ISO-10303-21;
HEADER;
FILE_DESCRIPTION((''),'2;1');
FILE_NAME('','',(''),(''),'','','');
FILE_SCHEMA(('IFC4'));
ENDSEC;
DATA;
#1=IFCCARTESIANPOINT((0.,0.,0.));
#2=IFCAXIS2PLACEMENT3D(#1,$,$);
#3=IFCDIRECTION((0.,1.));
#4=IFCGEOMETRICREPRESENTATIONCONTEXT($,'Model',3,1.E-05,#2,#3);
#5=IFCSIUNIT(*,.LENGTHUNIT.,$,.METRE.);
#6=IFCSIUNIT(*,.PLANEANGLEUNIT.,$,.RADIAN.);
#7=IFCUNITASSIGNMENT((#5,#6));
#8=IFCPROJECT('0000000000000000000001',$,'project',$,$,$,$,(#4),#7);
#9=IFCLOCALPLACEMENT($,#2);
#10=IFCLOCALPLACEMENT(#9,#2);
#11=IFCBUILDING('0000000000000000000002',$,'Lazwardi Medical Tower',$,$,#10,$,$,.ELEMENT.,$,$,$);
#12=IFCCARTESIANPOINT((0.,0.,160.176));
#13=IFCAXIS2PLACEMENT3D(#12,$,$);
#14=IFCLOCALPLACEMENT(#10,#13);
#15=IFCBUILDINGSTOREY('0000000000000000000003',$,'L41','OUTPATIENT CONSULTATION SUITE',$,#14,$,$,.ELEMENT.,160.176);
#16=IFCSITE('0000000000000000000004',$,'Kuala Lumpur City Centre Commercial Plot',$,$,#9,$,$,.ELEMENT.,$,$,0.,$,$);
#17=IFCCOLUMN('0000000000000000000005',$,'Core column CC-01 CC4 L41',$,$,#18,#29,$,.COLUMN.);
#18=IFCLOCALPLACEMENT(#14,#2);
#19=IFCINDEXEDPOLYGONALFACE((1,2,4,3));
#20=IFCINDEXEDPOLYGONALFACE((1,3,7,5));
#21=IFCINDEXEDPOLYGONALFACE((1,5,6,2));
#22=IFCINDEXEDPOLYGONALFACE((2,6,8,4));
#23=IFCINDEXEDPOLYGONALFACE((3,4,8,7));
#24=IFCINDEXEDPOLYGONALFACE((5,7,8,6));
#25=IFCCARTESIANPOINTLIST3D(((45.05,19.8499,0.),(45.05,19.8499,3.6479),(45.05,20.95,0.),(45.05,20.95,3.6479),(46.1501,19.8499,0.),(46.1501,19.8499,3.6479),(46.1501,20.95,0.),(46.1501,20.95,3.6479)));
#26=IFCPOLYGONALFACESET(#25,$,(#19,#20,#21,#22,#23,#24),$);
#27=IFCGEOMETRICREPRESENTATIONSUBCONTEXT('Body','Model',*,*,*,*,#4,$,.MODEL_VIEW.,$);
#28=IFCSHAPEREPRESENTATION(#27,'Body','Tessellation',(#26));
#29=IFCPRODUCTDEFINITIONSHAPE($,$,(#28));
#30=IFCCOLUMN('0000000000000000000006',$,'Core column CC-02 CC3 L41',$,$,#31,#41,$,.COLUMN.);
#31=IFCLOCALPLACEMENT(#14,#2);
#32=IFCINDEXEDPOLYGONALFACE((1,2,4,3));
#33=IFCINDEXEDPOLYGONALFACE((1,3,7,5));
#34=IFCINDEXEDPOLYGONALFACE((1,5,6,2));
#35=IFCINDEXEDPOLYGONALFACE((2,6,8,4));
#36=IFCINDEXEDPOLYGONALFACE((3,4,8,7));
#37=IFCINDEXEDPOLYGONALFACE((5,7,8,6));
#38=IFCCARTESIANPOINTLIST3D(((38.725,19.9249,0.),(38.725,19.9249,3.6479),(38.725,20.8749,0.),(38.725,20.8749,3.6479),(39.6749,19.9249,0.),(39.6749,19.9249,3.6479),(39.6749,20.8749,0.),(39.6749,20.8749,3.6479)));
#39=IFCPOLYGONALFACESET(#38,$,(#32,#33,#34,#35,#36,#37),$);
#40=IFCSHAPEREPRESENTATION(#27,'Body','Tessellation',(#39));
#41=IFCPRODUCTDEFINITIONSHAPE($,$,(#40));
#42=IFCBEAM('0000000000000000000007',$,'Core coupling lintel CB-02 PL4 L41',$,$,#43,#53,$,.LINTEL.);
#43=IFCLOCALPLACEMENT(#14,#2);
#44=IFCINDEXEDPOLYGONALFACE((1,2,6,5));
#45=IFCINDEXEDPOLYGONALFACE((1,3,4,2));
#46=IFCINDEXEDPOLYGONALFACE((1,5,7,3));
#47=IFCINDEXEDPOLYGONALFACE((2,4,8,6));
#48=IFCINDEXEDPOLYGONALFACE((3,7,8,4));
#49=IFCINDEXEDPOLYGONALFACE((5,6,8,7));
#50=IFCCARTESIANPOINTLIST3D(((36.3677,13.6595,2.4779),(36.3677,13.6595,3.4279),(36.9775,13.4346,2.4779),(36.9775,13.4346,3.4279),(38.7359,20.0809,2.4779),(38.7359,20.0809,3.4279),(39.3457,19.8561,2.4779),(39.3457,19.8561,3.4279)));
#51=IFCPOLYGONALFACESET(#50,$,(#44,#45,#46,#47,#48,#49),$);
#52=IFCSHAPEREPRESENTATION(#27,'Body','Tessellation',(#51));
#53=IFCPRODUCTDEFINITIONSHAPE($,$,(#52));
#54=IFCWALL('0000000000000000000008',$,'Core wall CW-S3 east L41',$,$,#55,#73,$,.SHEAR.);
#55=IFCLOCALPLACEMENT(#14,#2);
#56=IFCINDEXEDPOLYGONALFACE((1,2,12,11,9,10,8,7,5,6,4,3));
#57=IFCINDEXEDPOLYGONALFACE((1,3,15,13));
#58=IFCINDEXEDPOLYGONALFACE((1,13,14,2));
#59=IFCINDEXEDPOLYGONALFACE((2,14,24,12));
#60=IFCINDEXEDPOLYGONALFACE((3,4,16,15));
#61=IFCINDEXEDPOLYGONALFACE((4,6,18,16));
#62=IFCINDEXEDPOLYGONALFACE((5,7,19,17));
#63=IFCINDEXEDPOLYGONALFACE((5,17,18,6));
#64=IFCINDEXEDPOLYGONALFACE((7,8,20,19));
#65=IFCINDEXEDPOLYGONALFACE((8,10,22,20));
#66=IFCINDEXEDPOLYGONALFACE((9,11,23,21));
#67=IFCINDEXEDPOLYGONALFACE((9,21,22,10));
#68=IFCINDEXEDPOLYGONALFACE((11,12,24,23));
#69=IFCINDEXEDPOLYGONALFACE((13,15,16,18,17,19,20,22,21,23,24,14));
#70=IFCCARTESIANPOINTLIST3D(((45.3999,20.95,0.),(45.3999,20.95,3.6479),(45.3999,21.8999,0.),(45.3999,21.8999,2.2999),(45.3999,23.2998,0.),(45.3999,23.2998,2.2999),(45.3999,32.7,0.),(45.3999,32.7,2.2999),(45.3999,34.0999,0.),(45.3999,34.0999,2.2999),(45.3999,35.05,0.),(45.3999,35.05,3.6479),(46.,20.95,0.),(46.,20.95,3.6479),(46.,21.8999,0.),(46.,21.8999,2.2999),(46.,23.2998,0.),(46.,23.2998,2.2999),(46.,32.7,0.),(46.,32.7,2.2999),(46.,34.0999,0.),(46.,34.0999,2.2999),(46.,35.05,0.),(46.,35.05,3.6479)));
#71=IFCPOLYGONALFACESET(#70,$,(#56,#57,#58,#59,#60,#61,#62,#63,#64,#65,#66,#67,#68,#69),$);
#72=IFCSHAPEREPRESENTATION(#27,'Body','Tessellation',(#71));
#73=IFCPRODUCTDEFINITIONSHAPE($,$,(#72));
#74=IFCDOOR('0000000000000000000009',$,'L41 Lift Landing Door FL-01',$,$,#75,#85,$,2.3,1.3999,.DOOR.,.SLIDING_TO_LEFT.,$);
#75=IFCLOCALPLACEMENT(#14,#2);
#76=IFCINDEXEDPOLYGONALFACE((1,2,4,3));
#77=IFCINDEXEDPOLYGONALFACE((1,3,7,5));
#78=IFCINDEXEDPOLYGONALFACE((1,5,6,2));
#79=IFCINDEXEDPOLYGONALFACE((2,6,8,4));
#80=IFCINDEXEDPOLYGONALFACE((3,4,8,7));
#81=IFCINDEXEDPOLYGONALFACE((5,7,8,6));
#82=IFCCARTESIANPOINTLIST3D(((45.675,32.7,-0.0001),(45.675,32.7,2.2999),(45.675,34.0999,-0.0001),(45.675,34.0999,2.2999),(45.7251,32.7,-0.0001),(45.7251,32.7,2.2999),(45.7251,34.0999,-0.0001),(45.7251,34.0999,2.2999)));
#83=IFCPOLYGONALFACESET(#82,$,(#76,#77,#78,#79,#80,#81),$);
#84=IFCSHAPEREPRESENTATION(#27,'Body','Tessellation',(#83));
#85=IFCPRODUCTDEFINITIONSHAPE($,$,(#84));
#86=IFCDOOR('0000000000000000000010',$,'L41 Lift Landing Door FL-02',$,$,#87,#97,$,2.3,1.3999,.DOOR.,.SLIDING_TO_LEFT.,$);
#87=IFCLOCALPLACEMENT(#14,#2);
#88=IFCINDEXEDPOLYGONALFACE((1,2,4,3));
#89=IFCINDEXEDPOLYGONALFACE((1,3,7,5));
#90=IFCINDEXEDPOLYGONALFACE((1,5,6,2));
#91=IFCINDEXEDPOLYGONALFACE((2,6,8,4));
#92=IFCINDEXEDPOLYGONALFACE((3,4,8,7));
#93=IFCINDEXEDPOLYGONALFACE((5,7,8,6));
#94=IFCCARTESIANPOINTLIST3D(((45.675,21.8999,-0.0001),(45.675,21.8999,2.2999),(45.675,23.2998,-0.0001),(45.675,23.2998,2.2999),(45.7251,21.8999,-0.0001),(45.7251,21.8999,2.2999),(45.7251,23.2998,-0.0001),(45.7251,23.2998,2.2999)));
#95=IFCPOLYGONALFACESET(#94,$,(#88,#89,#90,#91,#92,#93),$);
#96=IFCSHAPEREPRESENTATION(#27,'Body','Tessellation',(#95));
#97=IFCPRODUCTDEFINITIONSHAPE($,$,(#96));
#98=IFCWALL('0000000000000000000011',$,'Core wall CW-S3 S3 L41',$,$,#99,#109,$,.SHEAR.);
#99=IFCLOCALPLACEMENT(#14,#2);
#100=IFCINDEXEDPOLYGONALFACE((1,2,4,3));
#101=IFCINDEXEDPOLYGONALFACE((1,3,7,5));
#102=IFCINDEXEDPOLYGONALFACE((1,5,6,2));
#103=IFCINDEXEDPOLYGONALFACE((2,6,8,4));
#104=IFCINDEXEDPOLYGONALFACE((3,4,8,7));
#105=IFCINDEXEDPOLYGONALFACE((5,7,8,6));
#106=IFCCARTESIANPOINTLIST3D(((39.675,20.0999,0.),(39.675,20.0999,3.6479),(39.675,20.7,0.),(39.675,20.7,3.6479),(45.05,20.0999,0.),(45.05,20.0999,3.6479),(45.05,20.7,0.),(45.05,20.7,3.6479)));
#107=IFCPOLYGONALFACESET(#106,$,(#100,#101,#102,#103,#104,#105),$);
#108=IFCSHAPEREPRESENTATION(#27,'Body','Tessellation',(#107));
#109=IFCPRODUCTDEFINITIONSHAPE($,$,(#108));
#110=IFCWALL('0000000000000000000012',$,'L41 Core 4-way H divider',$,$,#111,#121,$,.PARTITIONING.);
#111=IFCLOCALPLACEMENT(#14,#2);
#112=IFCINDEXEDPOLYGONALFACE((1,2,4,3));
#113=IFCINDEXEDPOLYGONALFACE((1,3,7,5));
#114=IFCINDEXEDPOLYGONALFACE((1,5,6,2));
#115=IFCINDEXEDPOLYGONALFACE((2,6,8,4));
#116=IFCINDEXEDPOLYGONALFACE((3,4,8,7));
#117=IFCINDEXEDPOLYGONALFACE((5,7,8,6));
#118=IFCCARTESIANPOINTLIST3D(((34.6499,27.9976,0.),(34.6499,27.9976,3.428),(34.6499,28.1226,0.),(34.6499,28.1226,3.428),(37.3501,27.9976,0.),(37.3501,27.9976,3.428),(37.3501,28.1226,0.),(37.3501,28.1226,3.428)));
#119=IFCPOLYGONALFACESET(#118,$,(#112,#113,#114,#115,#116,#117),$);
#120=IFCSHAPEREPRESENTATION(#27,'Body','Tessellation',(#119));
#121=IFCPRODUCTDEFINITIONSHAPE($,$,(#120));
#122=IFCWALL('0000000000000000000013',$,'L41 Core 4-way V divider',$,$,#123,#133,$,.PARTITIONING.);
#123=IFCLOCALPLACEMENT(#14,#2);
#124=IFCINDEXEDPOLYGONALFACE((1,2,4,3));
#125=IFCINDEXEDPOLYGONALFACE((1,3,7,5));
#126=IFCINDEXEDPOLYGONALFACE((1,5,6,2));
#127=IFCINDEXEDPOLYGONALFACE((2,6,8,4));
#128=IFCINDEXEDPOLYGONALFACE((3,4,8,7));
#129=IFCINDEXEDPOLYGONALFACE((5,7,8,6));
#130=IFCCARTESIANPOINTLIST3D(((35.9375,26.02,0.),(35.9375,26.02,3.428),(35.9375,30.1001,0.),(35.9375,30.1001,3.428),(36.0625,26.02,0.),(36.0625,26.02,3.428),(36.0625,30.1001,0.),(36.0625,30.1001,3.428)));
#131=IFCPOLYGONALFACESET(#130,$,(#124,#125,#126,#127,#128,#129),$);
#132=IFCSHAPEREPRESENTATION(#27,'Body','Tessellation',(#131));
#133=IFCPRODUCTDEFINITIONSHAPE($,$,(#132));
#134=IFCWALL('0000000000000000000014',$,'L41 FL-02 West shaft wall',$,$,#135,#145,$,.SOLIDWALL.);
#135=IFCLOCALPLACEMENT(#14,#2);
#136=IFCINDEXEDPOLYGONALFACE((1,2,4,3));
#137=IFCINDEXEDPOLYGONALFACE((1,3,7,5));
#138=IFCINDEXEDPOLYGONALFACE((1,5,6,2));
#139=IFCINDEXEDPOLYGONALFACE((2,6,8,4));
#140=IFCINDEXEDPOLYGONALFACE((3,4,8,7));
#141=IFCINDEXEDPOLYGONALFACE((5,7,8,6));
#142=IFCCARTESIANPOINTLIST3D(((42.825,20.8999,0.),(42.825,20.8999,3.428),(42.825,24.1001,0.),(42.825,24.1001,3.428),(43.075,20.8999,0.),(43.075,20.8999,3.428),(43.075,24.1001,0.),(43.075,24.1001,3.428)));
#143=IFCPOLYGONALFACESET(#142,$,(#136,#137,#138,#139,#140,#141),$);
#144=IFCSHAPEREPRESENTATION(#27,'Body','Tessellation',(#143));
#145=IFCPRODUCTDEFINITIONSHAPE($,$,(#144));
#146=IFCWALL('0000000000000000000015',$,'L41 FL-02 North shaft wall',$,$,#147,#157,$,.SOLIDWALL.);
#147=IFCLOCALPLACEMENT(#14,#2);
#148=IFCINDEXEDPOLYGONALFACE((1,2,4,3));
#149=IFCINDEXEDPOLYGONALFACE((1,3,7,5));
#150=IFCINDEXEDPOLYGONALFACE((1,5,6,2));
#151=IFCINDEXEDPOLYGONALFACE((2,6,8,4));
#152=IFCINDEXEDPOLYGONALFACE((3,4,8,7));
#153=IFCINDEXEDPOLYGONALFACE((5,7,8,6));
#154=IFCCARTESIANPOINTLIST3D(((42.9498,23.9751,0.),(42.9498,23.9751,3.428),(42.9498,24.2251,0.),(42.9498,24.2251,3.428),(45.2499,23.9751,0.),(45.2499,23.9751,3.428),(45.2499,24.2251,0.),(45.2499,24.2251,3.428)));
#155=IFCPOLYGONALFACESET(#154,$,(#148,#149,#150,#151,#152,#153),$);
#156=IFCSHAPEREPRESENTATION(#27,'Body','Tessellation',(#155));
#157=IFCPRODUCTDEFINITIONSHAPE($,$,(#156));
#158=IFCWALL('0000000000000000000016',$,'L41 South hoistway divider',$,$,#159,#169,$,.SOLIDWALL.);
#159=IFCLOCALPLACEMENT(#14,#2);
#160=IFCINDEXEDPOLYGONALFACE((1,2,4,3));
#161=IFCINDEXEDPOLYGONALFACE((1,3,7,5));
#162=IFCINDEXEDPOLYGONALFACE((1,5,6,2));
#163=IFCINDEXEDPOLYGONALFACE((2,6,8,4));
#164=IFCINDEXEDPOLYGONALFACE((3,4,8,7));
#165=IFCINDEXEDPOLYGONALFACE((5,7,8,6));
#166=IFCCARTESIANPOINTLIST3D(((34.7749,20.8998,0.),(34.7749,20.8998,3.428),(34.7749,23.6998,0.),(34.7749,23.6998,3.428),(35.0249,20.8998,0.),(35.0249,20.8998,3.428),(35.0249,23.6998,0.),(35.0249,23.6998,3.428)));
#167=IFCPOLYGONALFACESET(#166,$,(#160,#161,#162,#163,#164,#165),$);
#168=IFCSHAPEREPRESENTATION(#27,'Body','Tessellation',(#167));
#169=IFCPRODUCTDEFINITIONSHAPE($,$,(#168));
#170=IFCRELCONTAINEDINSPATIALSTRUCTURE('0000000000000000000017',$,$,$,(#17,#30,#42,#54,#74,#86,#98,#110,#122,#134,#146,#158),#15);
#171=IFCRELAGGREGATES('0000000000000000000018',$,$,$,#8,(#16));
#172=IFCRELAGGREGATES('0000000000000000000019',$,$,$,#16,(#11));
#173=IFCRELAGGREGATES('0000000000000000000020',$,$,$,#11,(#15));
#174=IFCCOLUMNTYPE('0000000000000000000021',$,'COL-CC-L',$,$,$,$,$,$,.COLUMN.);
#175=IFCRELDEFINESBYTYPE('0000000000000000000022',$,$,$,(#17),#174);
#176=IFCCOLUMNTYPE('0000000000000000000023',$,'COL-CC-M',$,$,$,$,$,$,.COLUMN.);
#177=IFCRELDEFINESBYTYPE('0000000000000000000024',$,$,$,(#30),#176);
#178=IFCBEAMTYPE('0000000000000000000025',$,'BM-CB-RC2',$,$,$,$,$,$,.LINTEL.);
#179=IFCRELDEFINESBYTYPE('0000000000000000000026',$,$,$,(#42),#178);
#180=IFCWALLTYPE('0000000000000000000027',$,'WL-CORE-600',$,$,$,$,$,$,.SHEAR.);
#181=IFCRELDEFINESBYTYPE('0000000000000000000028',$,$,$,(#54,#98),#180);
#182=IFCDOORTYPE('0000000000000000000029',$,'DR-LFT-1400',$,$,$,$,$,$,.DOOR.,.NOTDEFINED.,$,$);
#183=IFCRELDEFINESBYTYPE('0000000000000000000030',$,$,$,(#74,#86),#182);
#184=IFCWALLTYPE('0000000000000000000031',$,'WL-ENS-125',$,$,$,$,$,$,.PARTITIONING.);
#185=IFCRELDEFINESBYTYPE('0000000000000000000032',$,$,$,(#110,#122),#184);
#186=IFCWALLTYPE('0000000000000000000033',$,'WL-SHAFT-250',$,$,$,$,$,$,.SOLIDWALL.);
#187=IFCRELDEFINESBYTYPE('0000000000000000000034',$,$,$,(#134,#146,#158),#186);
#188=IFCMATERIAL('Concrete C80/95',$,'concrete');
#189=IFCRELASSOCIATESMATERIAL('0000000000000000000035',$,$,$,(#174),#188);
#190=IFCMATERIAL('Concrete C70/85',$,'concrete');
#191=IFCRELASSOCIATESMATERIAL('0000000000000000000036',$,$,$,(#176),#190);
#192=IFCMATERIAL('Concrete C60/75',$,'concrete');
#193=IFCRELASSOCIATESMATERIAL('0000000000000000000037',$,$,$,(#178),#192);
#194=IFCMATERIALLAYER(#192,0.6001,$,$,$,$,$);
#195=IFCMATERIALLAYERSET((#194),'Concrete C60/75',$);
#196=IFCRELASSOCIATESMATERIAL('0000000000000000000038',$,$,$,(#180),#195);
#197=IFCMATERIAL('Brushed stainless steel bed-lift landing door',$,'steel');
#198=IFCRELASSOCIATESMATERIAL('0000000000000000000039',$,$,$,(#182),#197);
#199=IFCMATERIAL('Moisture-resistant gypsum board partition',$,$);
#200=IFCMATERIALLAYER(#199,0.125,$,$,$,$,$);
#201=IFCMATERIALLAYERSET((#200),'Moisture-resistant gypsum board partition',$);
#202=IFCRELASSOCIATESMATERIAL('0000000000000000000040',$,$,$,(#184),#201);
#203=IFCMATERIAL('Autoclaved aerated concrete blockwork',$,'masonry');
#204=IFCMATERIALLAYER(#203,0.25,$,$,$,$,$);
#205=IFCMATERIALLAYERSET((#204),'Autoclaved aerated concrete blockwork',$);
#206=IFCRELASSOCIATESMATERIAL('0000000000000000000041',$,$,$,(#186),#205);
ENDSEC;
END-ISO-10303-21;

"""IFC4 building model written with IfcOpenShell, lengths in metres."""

from ifc_helpers import new_model, si_unit, direction, frame, frame_2d, origin, origin_2d, place, context, subcontext, project, spatial, rectangle, extrude, material, layer, layer_set, material_profile, profile_set, type_object, element, fill, save


model = new_model("IFC4")

# Units and contexts
model_context = context("Model", 3, precision=1e-05, world=origin(), true_north=direction((0.0, 1.0)))
body_context = subcontext(model_context, "Body", "Model", "MODEL_VIEW")
ifc_project = project(units=[si_unit("LENGTHUNIT", "METRE"), si_unit("PLANEANGLEUNIT", "RADIAN")], contexts=[model_context])

# Site, building, storey
site_placement = place(None, origin())
site = spatial("IfcSite", under=ifc_project, at=site_placement, Name="Kuala Lumpur City Centre Commercial Plot", CompositionType="ELEMENT", RefElevation=0.0)
building_placement = place(site_placement, origin())
building = spatial("IfcBuilding", under=site, at=building_placement, Name="Lazwardi Medical Tower", CompositionType="ELEMENT")
storey_placement = place(building_placement, frame((0.0, 0.0, 160.176)))
storey = spatial("IfcBuildingStorey", under=building, at=storey_placement, Name="L41", Description="OUTPATIENT CONSULTATION SUITE", CompositionType="ELEMENT", Elevation=160.176)

# Columns
ifc_material_1 = material(Name="Concrete C80/95", Category="concrete")
ifc_material_profile_1 = material_profile(ifc_material_1, rectangle(XDim=1.1001, YDim=1.1001, at=origin_2d()), Name="RC 1100x1100")
ifc_profile_set_1 = profile_set([ifc_material_profile_1], Name="Concrete C80/95")
column_type_1 = type_object("IfcColumnType", Name="COL-CC-L", PredefinedType="COLUMN", material=ifc_profile_set_1)
column_1_placement = place(storey_placement, frame((45.6001, 20.3999, 0.0), z_axis=(0.0, 0.0, 1.0), x_axis=(1.0, 0.0, 0.0)))
element("IfcColumn", 1, at=column_1_placement, inside=storey, type_object=column_type_1, Name="Core column CC-01 CC4 L41", PredefinedType="COLUMN", context=body_context, shape_type="SweptSolid", body=[
    extrude(rectangle(XDim=1.1001, YDim=1.1001, at=origin_2d()), origin(), (0.0, 0.0, 1.0), 3.6479),
])
ifc_material_2 = material(Name="Concrete C70/85", Category="concrete")
ifc_material_profile_2 = material_profile(ifc_material_2, rectangle(XDim=0.95, YDim=0.95, at=origin_2d()), Name="RC 950x950")
ifc_profile_set_2 = profile_set([ifc_material_profile_2], Name="Concrete C70/85")
column_type_2 = type_object("IfcColumnType", Name="COL-CC-M", PredefinedType="COLUMN", material=ifc_profile_set_2)
column_2_placement = place(storey_placement, frame((39.2, 20.3999, 0.0), z_axis=(0.0, 0.0, 1.0), x_axis=(1.0, 0.0, 0.0)))
element("IfcColumn", 2, at=column_2_placement, inside=storey, type_object=column_type_2, Name="Core column CC-02 CC3 L41", PredefinedType="COLUMN", context=body_context, shape_type="SweptSolid", body=[
    extrude(rectangle(XDim=0.95, YDim=0.95, at=origin_2d()), origin(), (0.0, 0.0, 1.0), 3.6479),
])

# Beam
ifc_material_3 = material(Name="Concrete C60/75", Category="concrete")
ifc_material_profile_3 = material_profile(ifc_material_3, rectangle(XDim=0.6499, YDim=0.95, at=origin_2d()), Name="RC 650x950")
ifc_profile_set_3 = profile_set([ifc_material_profile_3], Name="Concrete C60/75")
beam_type = type_object("IfcBeamType", Name="BM-CB-RC2", PredefinedType="LINTEL", material=ifc_profile_set_3)
beam_placement = place(storey_placement, frame((39.0408, 19.9685, 2.9529), z_axis=(-0.346013, -0.93823, 0.0), x_axis=(0.93823, -0.346013, 0.0)))
element("IfcBeam", 3, at=beam_placement, inside=storey, type_object=beam_type, Name="Core coupling lintel CB-02 PL4 L41", PredefinedType="LINTEL", context=body_context, shape_type="SweptSolid", body=[
    extrude(rectangle(XDim=0.6499, YDim=0.95, at=origin_2d()), origin(), (0.0, 0.0, 1.0), 6.8442),
])

# Wall, openings, doors
ifc_layer_1 = layer(ifc_material_3, 0.6001)
ifc_layer_set_1 = layer_set([ifc_layer_1], Name="Concrete C60/75")
wall_type_1 = type_object("IfcWallType", Name="WL-CORE-600", PredefinedType="SHEAR", material=ifc_layer_set_1)
wall_1_placement = place(storey_placement, frame((45.7, 20.95, 0.0), z_axis=(0.0, 0.0, 1.0), x_axis=(0.0, 1.0, 0.0)))
wall_1 = element("IfcWall", 4, at=wall_1_placement, inside=storey, type_object=wall_type_1, Name="Core wall CW-S3 east L41", PredefinedType="SHEAR", context=body_context, shape_type="SweptSolid", body=[
    extrude(rectangle(XDim=14.1001, YDim=0.6001, at=frame_2d((7.05, 0.0))), origin(), (0.0, 0.0, 1.0), 3.6479),
])
opening_1_placement = place(wall_1_placement, frame((11.75, 0.0, 0.0)))
opening_1 = element("IfcOpeningElement", 5, at=opening_1_placement, cuts=wall_1, PredefinedType="OPENING", context=body_context, shape_type="SweptSolid", body=[
    extrude(rectangle(XDim=1.3999, YDim=2.3, at=frame_2d((0.7, 1.1499))), frame((0.0, 0.3101, 0.0), z_axis=(0.0, -1.0, 0.0), x_axis=(1.0, 0.0, 0.0)), (0.0, 0.0, 1.0), 0.6201),
])
opening_2_placement = place(wall_1_placement, frame((0.95, 0.0, 0.0)))
opening_2 = element("IfcOpeningElement", 6, at=opening_2_placement, cuts=wall_1, PredefinedType="OPENING", context=body_context, shape_type="SweptSolid", body=[
    extrude(rectangle(XDim=1.3999, YDim=2.3, at=frame_2d((0.7, 1.1499))), frame((0.0, 0.3101, 0.0), z_axis=(0.0, -1.0, 0.0), x_axis=(1.0, 0.0, 0.0)), (0.0, 0.0, 1.0), 0.6201),
])
ifc_material_4 = material(Name="Brushed stainless steel bed-lift landing door", Category="steel")
door_type_1 = type_object("IfcDoorType", Name="DR-LFT-1400", OperationType="NOTDEFINED", PredefinedType="DOOR", material=ifc_material_4)
door_1_placement = place(opening_1_placement, origin())
door_1 = element("IfcDoor", 7, at=door_1_placement, inside=storey, type_object=door_type_1, Name="L41 Lift Landing Door FL-01", OperationType="SLIDING_TO_LEFT", OverallHeight=2.3, OverallWidth=1.3999, PredefinedType="DOOR", context=body_context, shape_type="SweptSolid", body=[
    extrude(rectangle(XDim=1.3999, YDim=2.3, at=frame_2d((0.7, 1.1499))), frame((0.0, 0.0249, 0.0), z_axis=(0.0, -1.0, 0.0), x_axis=(1.0, 0.0, 0.0)), (0.0, 0.0, 1.0), 0.05),
])
fill(opening_1, door_1)
door_2_placement = place(opening_2_placement, origin())
door_2 = element("IfcDoor", 8, at=door_2_placement, inside=storey, type_object=door_type_1, Name="L41 Lift Landing Door FL-02", OperationType="SLIDING_TO_LEFT", OverallHeight=2.3, OverallWidth=1.3999, PredefinedType="DOOR", context=body_context, shape_type="SweptSolid", body=[
    extrude(rectangle(XDim=1.3999, YDim=2.3, at=frame_2d((0.7, 1.1499))), frame((0.0, 0.0249, 0.0), z_axis=(0.0, -1.0, 0.0), x_axis=(1.0, 0.0, 0.0)), (0.0, 0.0, 1.0), 0.05),
])
fill(opening_2, door_2)

# Walls
wall_2_placement = place(storey_placement, frame((39.675, 20.3999, 0.0), z_axis=(0.0, 0.0, 1.0), x_axis=(1.0, 0.0, 0.0)))
element("IfcWall", 9, at=wall_2_placement, inside=storey, type_object=wall_type_1, Name="Core wall CW-S3 S3 L41", PredefinedType="SHEAR", context=body_context, shape_type="SweptSolid", body=[
    extrude(rectangle(XDim=5.375, YDim=0.6001, at=frame_2d((2.6875, 0.0))), origin(), (0.0, 0.0, 1.0), 3.6479),
])
ifc_material_5 = material(Name="Moisture-resistant gypsum board partition")
ifc_layer_2 = layer(ifc_material_5, 0.125)
ifc_layer_set_2 = layer_set([ifc_layer_2], Name="Moisture-resistant gypsum board partition")
wall_type_2 = type_object("IfcWallType", Name="WL-ENS-125", PredefinedType="PARTITIONING", material=ifc_layer_set_2)
wall_3_placement = place(storey_placement, frame((34.6499, 28.0601, 0.0), z_axis=(0.0, 0.0, 1.0), x_axis=(1.0, 0.0, 0.0)))
element("IfcWall", 10, at=wall_3_placement, inside=storey, type_object=wall_type_2, Name="L41 Core 4-way H divider", PredefinedType="PARTITIONING", context=body_context, shape_type="SweptSolid", body=[
    extrude(rectangle(XDim=2.7002, YDim=0.125, at=frame_2d((1.3501, 0.0))), origin(), (0.0, 0.0, 1.0), 3.428),
])
wall_4_placement = place(storey_placement, frame((36.0, 26.02, 0.0), z_axis=(0.0, 0.0, 1.0), x_axis=(0.0, 1.0, 0.0)))
element("IfcWall", 11, at=wall_4_placement, inside=storey, type_object=wall_type_2, Name="L41 Core 4-way V divider", PredefinedType="PARTITIONING", context=body_context, shape_type="SweptSolid", body=[
    extrude(rectangle(XDim=4.0801, YDim=0.125, at=frame_2d((2.04, 0.0))), origin(), (0.0, 0.0, 1.0), 3.428),
])
ifc_material_6 = material(Name="Autoclaved aerated concrete blockwork", Category="masonry")
ifc_layer_3 = layer(ifc_material_6, 0.25)
ifc_layer_set_3 = layer_set([ifc_layer_3], Name="Autoclaved aerated concrete blockwork")
wall_type_3 = type_object("IfcWallType", Name="WL-SHAFT-250", PredefinedType="SOLIDWALL", material=ifc_layer_set_3)
wall_5_placement = place(storey_placement, frame((42.95, 20.8999, 0.0), z_axis=(0.0, 0.0, 1.0), x_axis=(0.0, 1.0, 0.0)))
element("IfcWall", 12, at=wall_5_placement, inside=storey, type_object=wall_type_3, Name="L41 FL-02 West shaft wall", PredefinedType="SOLIDWALL", context=body_context, shape_type="SweptSolid", body=[
    extrude(rectangle(XDim=3.2002, YDim=0.25, at=frame_2d((1.6001, 0.0))), origin(), (0.0, 0.0, 1.0), 3.428),
])
wall_6_placement = place(storey_placement, frame((42.95, 24.1001, 0.0), z_axis=(0.0, 0.0, 1.0), x_axis=(1.0, 0.0, 0.0)))
element("IfcWall", 13, at=wall_6_placement, inside=storey, type_object=wall_type_3, Name="L41 FL-02 North shaft wall", PredefinedType="SOLIDWALL", context=body_context, shape_type="SweptSolid", body=[
    extrude(rectangle(XDim=2.3, YDim=0.25, at=frame_2d((1.1499, 0.0))), origin(), (0.0, 0.0, 1.0), 3.428),
])
for number, where, z_axis, x_axis, name in (
    (14, (34.8999, 20.8999, 0.0), (0.0, 0.0, 1.0), (0.0, 1.0, 0.0), "L41 South hoistway divider"),
):
    element("IfcWall", number, at=place(storey_placement, frame(where, z_axis=z_axis, x_axis=x_axis)), inside=storey, type_object=wall_type_3, Name=name, PredefinedType="SOLIDWALL", context=body_context, shape_type="SweptSolid", body=[
        extrude(rectangle(XDim=2.8, YDim=0.25, at=frame_2d((1.3999, 0.0))), origin(), (0.0, 0.0, 1.0), 3.428),
    ])

save(model, "model.ifc")
